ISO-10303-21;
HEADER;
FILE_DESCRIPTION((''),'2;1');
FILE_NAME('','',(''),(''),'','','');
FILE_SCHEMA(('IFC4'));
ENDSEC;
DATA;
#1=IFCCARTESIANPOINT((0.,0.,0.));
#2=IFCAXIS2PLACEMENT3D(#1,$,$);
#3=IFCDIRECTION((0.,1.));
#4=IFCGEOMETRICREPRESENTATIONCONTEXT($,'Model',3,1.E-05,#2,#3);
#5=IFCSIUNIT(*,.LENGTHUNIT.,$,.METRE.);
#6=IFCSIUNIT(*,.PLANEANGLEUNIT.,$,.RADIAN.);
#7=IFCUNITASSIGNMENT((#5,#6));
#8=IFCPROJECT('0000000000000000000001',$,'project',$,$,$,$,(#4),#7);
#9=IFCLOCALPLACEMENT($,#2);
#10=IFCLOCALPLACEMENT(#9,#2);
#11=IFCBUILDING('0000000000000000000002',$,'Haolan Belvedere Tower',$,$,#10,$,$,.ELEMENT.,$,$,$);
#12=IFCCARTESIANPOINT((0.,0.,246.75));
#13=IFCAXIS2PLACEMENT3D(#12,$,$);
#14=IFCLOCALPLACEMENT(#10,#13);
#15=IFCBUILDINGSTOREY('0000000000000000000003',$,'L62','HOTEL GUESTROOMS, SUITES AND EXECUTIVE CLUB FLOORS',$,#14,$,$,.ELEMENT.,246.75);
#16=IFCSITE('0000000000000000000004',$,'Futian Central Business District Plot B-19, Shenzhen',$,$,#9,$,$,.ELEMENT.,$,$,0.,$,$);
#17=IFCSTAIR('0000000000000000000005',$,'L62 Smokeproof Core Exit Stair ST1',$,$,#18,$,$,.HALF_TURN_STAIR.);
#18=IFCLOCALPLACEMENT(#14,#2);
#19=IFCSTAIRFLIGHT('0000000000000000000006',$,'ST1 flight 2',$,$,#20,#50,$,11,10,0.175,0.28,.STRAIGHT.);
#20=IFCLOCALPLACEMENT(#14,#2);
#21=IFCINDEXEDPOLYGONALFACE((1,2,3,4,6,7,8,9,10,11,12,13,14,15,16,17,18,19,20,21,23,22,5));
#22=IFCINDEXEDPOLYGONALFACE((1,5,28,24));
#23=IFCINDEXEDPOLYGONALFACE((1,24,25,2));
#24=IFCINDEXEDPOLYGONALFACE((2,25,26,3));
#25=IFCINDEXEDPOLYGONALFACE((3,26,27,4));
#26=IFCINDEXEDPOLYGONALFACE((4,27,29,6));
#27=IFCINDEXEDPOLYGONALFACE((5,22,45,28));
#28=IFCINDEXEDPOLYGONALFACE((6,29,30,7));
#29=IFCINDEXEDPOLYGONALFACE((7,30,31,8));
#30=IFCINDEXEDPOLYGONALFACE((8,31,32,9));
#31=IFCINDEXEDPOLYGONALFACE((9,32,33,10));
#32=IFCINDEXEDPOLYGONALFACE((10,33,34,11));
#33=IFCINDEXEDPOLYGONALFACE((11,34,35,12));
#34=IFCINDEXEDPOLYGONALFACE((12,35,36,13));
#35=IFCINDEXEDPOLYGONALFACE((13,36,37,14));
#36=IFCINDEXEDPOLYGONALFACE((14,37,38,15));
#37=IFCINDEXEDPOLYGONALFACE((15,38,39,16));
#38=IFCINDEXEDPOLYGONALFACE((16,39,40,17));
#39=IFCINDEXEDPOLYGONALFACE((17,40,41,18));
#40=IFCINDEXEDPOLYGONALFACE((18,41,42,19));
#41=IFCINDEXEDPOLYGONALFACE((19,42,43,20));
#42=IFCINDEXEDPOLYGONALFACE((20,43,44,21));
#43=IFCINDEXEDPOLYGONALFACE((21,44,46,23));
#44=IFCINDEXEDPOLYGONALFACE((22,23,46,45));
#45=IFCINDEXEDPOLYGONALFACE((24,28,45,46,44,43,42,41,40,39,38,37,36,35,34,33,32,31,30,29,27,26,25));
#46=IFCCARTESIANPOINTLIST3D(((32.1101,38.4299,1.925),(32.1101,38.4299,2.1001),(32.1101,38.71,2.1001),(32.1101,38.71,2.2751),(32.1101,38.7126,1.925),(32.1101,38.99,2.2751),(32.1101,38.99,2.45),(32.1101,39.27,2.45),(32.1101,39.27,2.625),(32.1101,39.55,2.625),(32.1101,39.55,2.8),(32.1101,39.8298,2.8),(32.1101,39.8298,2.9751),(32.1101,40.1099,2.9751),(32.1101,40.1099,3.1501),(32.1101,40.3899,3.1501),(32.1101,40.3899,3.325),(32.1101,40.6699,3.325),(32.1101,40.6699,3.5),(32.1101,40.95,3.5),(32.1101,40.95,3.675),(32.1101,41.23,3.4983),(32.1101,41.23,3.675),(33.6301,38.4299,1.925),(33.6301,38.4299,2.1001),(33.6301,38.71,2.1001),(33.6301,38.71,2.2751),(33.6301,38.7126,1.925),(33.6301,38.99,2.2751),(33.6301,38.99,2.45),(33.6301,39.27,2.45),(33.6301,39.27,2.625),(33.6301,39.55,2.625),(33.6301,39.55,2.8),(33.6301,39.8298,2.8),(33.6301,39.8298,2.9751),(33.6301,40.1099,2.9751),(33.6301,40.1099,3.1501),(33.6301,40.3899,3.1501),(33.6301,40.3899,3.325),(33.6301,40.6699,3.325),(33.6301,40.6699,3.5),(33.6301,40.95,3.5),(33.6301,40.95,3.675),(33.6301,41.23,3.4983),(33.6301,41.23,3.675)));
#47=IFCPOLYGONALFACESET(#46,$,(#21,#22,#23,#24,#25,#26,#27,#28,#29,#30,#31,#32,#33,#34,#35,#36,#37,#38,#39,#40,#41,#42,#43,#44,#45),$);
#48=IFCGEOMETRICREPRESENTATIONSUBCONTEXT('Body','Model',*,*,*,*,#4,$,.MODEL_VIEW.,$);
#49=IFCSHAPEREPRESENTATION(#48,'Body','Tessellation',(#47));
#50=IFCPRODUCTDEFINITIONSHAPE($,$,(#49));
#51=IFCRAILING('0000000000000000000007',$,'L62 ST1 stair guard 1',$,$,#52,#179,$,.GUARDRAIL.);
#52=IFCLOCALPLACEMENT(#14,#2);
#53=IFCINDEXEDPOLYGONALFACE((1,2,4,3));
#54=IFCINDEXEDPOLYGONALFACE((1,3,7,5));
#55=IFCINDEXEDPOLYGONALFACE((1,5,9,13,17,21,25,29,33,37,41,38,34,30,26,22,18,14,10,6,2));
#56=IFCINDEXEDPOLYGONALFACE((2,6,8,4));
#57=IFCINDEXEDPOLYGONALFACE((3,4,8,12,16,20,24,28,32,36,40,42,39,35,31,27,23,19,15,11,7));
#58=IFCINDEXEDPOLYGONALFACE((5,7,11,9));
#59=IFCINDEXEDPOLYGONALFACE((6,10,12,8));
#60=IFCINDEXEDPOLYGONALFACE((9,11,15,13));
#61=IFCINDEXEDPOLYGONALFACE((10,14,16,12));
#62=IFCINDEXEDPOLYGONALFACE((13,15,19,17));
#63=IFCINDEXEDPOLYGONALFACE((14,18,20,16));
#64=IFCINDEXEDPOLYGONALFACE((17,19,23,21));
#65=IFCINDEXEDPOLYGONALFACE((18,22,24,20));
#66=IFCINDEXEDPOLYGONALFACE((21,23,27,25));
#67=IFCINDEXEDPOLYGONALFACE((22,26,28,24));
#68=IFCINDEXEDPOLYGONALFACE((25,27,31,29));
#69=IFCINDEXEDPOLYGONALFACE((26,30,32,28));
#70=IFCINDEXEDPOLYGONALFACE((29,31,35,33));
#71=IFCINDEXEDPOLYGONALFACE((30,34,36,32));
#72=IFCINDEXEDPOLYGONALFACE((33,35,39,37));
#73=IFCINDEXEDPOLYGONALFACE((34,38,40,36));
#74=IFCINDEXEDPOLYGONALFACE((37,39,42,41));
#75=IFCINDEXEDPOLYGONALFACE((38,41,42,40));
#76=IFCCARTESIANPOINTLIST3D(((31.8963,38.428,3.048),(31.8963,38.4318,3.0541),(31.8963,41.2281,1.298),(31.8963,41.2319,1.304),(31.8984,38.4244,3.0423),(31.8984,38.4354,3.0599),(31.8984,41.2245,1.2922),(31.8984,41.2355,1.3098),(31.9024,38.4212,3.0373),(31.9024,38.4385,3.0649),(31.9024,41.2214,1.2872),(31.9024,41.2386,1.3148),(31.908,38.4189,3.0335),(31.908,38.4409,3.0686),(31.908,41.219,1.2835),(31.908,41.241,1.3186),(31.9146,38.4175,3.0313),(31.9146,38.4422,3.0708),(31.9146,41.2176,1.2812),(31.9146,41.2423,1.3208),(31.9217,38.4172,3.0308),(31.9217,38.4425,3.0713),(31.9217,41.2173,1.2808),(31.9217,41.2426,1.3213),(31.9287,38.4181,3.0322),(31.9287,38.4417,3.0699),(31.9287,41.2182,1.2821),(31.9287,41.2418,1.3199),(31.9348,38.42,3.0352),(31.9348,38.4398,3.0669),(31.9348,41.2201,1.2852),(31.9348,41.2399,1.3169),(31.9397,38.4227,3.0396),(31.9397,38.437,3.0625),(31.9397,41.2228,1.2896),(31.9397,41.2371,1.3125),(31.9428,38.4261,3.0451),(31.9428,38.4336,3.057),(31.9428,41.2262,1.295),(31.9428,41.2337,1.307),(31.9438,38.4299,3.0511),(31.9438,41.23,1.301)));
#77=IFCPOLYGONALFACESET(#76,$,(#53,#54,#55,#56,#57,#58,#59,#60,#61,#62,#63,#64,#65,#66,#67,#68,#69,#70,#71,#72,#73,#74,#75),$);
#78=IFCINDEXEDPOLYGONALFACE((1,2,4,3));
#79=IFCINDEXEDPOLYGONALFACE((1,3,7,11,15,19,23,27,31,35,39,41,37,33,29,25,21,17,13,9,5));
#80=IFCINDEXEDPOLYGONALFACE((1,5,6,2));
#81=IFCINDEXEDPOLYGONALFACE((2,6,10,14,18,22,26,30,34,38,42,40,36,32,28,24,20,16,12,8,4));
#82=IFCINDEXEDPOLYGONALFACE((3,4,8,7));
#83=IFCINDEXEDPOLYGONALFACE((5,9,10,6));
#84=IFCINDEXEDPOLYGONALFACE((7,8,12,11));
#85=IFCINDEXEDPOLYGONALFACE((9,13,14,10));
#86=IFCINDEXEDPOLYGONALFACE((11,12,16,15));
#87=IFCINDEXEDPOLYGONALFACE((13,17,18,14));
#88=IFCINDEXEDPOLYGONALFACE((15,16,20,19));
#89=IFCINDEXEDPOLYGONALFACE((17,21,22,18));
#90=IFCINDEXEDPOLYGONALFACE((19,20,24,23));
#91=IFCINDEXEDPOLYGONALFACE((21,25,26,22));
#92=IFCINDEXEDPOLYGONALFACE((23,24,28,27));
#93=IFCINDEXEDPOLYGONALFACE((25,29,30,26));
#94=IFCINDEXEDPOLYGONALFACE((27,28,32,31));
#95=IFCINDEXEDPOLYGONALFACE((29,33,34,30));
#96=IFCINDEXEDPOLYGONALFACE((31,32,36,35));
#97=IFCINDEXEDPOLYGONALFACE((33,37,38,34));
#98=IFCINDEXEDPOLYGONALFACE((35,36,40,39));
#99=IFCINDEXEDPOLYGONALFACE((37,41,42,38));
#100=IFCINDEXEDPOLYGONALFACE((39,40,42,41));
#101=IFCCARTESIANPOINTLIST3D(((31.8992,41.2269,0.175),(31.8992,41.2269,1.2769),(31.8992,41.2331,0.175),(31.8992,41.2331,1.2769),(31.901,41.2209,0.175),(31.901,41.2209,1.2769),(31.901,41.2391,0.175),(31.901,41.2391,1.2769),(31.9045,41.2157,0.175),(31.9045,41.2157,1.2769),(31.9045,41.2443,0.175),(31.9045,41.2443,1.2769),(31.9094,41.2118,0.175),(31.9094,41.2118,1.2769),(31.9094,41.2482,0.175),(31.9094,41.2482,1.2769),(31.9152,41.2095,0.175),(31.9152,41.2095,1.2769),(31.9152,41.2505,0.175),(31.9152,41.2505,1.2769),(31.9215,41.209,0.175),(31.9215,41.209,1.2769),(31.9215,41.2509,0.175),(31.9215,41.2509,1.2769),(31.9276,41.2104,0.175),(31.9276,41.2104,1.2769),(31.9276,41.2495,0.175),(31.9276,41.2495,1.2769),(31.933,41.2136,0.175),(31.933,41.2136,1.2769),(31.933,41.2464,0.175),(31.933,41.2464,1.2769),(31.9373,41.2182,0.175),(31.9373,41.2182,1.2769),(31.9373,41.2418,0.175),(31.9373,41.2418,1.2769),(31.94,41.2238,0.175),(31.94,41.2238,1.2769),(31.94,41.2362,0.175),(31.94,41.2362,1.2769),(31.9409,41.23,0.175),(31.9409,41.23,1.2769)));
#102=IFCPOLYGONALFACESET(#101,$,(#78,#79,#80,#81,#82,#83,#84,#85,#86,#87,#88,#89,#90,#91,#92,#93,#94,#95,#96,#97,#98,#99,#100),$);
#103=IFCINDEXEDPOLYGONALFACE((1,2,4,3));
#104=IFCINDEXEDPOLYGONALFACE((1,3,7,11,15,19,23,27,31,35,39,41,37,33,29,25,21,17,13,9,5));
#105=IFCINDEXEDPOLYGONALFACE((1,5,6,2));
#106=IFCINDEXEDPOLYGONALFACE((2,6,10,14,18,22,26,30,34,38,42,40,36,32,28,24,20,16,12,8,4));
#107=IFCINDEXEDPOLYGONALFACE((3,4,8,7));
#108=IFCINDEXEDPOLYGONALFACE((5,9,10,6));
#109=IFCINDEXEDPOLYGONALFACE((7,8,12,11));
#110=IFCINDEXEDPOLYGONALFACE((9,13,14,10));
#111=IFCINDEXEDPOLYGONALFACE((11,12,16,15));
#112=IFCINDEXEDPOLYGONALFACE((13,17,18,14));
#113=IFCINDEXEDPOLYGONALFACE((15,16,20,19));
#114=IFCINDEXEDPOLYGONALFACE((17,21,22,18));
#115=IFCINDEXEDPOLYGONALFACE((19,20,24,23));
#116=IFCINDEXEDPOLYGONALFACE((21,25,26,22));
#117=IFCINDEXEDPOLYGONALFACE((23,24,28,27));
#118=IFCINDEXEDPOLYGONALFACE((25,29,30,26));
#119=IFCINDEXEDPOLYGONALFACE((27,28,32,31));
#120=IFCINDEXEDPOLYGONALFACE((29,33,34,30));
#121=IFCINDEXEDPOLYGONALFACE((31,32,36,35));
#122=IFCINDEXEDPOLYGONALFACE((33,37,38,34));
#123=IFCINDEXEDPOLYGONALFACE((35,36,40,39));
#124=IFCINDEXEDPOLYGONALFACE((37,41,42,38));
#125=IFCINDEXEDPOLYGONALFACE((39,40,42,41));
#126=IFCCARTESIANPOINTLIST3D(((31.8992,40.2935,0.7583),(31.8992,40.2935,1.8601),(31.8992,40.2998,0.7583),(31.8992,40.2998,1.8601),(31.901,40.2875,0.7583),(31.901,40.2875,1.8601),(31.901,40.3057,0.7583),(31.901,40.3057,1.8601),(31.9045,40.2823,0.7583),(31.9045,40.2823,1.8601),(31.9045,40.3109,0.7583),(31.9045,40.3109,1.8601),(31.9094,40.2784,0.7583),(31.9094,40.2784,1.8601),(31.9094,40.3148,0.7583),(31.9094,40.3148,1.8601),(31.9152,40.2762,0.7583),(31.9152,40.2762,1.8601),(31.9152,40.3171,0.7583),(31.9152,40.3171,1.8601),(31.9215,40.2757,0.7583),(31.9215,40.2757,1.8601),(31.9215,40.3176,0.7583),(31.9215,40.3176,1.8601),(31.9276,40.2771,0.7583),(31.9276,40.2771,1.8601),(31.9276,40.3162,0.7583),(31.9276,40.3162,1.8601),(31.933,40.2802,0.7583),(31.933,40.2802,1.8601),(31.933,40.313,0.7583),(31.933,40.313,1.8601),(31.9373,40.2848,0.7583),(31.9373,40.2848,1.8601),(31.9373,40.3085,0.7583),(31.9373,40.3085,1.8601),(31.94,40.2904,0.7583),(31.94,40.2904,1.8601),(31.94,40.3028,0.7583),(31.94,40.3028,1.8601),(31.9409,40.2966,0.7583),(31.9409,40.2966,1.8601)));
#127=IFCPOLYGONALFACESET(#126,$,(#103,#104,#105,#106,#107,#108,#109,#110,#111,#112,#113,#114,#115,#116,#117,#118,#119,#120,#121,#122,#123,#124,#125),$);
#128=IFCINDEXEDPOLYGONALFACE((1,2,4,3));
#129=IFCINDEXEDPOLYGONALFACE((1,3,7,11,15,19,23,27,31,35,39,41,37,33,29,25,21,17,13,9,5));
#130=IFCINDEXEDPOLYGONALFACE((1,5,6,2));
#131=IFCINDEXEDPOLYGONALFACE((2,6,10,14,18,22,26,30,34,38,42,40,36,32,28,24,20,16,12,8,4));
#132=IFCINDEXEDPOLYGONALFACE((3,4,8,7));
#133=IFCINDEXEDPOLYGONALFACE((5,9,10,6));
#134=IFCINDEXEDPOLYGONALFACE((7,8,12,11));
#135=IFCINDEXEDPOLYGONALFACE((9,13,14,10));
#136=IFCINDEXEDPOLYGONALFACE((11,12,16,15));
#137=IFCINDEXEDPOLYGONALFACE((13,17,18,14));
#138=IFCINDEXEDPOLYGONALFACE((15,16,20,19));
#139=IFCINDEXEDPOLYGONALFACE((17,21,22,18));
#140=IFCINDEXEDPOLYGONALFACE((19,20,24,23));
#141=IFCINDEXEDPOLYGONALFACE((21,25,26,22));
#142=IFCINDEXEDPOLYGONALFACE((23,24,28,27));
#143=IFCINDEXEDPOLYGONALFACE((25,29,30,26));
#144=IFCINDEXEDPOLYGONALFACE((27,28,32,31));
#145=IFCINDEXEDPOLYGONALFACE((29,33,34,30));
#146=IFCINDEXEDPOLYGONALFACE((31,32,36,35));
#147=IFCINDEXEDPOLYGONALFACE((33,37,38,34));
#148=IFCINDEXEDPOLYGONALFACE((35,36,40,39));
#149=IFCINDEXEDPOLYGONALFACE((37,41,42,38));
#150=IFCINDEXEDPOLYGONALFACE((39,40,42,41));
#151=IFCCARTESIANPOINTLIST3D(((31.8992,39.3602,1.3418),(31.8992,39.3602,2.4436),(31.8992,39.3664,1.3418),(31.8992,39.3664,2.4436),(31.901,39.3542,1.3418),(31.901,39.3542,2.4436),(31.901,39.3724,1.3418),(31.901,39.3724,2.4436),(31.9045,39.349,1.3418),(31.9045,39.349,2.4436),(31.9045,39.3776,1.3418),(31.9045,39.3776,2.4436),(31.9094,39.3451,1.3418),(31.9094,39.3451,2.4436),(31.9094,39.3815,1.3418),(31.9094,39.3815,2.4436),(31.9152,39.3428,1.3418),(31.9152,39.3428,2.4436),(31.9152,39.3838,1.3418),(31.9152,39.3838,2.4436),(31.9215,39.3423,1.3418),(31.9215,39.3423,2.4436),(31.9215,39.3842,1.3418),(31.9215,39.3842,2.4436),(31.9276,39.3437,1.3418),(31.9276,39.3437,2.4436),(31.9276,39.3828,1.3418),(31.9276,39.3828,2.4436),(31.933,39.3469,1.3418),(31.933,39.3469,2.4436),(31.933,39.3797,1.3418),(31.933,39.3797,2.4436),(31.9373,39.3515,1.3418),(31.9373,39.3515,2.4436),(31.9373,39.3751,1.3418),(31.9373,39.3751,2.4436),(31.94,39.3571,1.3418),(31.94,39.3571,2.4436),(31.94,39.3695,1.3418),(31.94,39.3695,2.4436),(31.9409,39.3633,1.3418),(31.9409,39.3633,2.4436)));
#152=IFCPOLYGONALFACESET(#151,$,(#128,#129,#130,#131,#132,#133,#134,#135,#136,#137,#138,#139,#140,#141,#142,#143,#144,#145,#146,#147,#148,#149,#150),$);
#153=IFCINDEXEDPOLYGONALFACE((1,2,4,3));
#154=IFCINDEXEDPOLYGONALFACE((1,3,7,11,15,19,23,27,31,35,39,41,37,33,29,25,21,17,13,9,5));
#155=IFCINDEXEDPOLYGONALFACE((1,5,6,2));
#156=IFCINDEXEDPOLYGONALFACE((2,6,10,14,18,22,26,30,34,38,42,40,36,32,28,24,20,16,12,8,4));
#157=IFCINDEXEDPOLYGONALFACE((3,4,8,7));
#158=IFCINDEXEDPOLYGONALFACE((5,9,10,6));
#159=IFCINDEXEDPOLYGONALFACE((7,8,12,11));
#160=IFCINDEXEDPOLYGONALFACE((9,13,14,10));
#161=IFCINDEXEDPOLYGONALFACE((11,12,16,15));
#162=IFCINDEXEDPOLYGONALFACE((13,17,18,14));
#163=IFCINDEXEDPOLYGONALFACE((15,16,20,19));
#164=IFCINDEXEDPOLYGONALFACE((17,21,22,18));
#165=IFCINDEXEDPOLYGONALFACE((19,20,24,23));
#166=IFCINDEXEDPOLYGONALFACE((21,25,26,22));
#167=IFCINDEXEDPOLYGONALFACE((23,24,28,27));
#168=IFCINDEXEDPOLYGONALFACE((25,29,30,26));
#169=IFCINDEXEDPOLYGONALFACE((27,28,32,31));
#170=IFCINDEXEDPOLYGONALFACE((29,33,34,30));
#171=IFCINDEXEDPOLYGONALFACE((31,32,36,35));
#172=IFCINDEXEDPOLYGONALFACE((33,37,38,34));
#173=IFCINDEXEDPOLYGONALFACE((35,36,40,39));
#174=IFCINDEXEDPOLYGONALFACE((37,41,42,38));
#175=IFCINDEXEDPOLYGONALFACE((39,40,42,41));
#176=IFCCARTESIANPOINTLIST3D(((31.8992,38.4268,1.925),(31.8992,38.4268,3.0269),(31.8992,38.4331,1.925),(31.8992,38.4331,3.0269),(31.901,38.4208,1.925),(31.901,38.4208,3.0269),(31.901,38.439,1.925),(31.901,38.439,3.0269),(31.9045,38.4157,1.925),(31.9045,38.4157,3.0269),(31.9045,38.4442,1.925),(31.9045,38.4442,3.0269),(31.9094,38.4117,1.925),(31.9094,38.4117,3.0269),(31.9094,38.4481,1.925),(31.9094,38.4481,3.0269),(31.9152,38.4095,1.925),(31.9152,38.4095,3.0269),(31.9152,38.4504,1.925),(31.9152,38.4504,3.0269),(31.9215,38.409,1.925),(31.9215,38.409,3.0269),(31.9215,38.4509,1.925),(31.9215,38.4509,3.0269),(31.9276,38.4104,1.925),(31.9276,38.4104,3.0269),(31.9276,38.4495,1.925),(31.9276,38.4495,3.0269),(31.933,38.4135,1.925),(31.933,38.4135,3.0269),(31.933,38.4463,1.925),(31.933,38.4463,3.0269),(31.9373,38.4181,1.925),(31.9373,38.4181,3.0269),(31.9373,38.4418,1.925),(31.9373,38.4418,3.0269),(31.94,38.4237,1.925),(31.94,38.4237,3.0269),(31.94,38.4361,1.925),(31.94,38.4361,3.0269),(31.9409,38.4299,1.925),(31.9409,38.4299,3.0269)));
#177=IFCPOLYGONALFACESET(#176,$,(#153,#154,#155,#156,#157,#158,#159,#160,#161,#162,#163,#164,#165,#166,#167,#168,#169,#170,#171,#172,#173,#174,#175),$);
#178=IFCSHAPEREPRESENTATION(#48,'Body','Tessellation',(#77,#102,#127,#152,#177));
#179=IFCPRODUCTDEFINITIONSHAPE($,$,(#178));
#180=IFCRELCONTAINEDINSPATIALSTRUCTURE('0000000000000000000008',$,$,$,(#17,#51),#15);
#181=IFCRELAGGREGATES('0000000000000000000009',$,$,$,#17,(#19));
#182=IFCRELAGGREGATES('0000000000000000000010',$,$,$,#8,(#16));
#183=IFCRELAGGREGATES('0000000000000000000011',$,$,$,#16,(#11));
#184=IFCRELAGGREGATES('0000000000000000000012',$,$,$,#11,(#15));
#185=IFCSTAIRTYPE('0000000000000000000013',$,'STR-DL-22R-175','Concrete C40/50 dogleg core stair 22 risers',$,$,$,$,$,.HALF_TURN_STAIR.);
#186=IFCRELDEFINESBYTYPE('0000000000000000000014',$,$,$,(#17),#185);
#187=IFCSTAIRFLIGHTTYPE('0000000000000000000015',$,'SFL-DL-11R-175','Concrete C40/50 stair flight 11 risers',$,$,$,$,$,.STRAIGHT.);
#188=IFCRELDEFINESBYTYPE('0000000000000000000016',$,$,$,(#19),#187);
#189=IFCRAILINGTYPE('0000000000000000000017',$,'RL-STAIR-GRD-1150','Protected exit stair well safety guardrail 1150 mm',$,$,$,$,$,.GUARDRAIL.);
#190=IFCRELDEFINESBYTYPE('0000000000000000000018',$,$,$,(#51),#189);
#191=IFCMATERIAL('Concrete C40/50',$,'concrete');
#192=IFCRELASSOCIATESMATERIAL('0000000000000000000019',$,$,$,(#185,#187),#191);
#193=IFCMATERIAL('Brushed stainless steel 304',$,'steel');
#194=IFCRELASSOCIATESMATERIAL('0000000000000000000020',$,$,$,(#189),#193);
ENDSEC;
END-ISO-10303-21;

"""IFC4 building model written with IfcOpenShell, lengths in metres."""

from ifc_helpers import new_model, si_unit, direction, frame, origin, origin_2d, place, context, subcontext, project, spatial, polyline, circle, outline, extrude, material, type_object, element, aggregate, save


model = new_model("IFC4")

# Units and contexts
model_context = context("Model", 3, precision=1e-05, world=origin(), true_north=direction((0.0, 1.0)))
body_context = subcontext(model_context, "Body", "Model", "MODEL_VIEW")
ifc_project = project(units=[si_unit("LENGTHUNIT", "METRE"), si_unit("PLANEANGLEUNIT", "RADIAN")], contexts=[model_context])

# Site, building, storey
site_placement = place(None, origin())
site = spatial("IfcSite", under=ifc_project, at=site_placement, Name="Futian Central Business District Plot B-19, Shenzhen", CompositionType="ELEMENT", RefElevation=0.0)
building_placement = place(site_placement, origin())
building = spatial("IfcBuilding", under=site, at=building_placement, Name="Haolan Belvedere Tower", CompositionType="ELEMENT")
storey_placement = place(building_placement, frame((0.0, 0.0, 246.75)))
storey = spatial("IfcBuildingStorey", under=building, at=storey_placement, Name="L62", Description="HOTEL GUESTROOMS, SUITES AND EXECUTIVE CLUB FLOORS", CompositionType="ELEMENT", Elevation=246.75)

# Stair, stair flight
ifc_material_1 = material(Name="Concrete C40/50", Category="concrete")
stair_type = type_object("IfcStairType", Name="STR-DL-22R-175", Description="Concrete C40/50 dogleg core stair 22 risers", PredefinedType="HALF_TURN_STAIR", material=ifc_material_1)
stair_placement = place(storey_placement, origin())
stair = element("IfcStair", 1, at=stair_placement, inside=storey, type_object=stair_type, Name="L62 Smokeproof Core Exit Stair ST1", PredefinedType="HALF_TURN_STAIR")
stair_flight_type = type_object("IfcStairFlightType", Name="SFL-DL-11R-175", Description="Concrete C40/50 stair flight 11 risers", PredefinedType="STRAIGHT", material=ifc_material_1)
stair_flight_1_placement = place(storey_placement, frame((32.8701, 38.4299, 1.925), z_axis=(0.0, 0.0, 1.0), x_axis=(0.0, 1.0, 0.0)))
stair_flight_1 = element("IfcStairFlight", 2, at=stair_flight_1_placement, type_object=stair_flight_type, Name="ST1 flight 2", NumberOfRisers=11, NumberOfTreads=10, PredefinedType="STRAIGHT", RiserHeight=0.175, TreadLength=0.28, context=body_context, shape_type="SweptSolid", body=[
    extrude(outline(polyline([(0.0, 0.0), (0.0, 0.175), (0.28, 0.175), (0.28, 0.3501), (0.5601, 0.3501), (0.5601, 0.5249), (0.8401, 0.5249), (0.8401, 0.7), (1.1201, 0.7), (1.1201, 0.875), (1.3999, 0.875), (1.3999, 1.05), (1.6799, 1.05), (1.6799, 1.2251), (1.96, 1.2251), (1.96, 1.3999), (2.24, 1.3999), (2.24, 1.575), (2.52, 1.575), (2.52, 1.75), (2.8, 1.75), (2.8, 1.925), (2.8, 1.5732), (0.2827, 0.0), (0.0, 0.0)])), frame((0.0, 0.76, 0.0), z_axis=(0.0, -1.0, 0.0), x_axis=(1.0, 0.0, 0.0)), (0.0, 0.0, 1.0), 1.52),
])
aggregate(stair, [stair_flight_1])

# Railing
ifc_material_2 = material(Name="Brushed stainless steel 304", Category="steel")
railing_type_1 = type_object("IfcRailingType", Name="RL-STAIR-GRD-1150", Description="Protected exit stair well safety guardrail 1150 mm", PredefinedType="GUARDRAIL", material=ifc_material_2)
railing_1_placement = place(storey_placement, frame((31.9199, 41.23, 0.175)))
element("IfcRailing", 3, at=railing_1_placement, inside=storey, type_object=railing_type_1, Name="L62 ST1 stair guard 1", PredefinedType="GUARDRAIL", context=body_context, shape_type="SweptSolid", body=[
    extrude(circle(Radius=0.0239, at=origin_2d()), frame((0.0, 0.0, 1.126), z_axis=(0.0, -0.848002, 0.529992), x_axis=(1.0, 0.0, 0.0)), (0.0, 0.0, 1.0), 3.302),
    extrude(circle(Radius=0.021, at=origin_2d()), origin(), (0.0, 0.0, 1.0), 1.1018),
    extrude(circle(Radius=0.021, at=origin_2d()), frame((0.0, -0.9333, 0.5833)), (0.0, 0.0, 1.0), 1.1018),
    extrude(circle(Radius=0.021, at=origin_2d()), frame((0.0, -1.8667, 1.1667)), (0.0, 0.0, 1.0), 1.1018),
    extrude(circle(Radius=0.021, at=origin_2d()), frame((0.0, -2.8, 1.75)), (0.0, 0.0, 1.0), 1.1018),
])

save(model, "model.ifc")
